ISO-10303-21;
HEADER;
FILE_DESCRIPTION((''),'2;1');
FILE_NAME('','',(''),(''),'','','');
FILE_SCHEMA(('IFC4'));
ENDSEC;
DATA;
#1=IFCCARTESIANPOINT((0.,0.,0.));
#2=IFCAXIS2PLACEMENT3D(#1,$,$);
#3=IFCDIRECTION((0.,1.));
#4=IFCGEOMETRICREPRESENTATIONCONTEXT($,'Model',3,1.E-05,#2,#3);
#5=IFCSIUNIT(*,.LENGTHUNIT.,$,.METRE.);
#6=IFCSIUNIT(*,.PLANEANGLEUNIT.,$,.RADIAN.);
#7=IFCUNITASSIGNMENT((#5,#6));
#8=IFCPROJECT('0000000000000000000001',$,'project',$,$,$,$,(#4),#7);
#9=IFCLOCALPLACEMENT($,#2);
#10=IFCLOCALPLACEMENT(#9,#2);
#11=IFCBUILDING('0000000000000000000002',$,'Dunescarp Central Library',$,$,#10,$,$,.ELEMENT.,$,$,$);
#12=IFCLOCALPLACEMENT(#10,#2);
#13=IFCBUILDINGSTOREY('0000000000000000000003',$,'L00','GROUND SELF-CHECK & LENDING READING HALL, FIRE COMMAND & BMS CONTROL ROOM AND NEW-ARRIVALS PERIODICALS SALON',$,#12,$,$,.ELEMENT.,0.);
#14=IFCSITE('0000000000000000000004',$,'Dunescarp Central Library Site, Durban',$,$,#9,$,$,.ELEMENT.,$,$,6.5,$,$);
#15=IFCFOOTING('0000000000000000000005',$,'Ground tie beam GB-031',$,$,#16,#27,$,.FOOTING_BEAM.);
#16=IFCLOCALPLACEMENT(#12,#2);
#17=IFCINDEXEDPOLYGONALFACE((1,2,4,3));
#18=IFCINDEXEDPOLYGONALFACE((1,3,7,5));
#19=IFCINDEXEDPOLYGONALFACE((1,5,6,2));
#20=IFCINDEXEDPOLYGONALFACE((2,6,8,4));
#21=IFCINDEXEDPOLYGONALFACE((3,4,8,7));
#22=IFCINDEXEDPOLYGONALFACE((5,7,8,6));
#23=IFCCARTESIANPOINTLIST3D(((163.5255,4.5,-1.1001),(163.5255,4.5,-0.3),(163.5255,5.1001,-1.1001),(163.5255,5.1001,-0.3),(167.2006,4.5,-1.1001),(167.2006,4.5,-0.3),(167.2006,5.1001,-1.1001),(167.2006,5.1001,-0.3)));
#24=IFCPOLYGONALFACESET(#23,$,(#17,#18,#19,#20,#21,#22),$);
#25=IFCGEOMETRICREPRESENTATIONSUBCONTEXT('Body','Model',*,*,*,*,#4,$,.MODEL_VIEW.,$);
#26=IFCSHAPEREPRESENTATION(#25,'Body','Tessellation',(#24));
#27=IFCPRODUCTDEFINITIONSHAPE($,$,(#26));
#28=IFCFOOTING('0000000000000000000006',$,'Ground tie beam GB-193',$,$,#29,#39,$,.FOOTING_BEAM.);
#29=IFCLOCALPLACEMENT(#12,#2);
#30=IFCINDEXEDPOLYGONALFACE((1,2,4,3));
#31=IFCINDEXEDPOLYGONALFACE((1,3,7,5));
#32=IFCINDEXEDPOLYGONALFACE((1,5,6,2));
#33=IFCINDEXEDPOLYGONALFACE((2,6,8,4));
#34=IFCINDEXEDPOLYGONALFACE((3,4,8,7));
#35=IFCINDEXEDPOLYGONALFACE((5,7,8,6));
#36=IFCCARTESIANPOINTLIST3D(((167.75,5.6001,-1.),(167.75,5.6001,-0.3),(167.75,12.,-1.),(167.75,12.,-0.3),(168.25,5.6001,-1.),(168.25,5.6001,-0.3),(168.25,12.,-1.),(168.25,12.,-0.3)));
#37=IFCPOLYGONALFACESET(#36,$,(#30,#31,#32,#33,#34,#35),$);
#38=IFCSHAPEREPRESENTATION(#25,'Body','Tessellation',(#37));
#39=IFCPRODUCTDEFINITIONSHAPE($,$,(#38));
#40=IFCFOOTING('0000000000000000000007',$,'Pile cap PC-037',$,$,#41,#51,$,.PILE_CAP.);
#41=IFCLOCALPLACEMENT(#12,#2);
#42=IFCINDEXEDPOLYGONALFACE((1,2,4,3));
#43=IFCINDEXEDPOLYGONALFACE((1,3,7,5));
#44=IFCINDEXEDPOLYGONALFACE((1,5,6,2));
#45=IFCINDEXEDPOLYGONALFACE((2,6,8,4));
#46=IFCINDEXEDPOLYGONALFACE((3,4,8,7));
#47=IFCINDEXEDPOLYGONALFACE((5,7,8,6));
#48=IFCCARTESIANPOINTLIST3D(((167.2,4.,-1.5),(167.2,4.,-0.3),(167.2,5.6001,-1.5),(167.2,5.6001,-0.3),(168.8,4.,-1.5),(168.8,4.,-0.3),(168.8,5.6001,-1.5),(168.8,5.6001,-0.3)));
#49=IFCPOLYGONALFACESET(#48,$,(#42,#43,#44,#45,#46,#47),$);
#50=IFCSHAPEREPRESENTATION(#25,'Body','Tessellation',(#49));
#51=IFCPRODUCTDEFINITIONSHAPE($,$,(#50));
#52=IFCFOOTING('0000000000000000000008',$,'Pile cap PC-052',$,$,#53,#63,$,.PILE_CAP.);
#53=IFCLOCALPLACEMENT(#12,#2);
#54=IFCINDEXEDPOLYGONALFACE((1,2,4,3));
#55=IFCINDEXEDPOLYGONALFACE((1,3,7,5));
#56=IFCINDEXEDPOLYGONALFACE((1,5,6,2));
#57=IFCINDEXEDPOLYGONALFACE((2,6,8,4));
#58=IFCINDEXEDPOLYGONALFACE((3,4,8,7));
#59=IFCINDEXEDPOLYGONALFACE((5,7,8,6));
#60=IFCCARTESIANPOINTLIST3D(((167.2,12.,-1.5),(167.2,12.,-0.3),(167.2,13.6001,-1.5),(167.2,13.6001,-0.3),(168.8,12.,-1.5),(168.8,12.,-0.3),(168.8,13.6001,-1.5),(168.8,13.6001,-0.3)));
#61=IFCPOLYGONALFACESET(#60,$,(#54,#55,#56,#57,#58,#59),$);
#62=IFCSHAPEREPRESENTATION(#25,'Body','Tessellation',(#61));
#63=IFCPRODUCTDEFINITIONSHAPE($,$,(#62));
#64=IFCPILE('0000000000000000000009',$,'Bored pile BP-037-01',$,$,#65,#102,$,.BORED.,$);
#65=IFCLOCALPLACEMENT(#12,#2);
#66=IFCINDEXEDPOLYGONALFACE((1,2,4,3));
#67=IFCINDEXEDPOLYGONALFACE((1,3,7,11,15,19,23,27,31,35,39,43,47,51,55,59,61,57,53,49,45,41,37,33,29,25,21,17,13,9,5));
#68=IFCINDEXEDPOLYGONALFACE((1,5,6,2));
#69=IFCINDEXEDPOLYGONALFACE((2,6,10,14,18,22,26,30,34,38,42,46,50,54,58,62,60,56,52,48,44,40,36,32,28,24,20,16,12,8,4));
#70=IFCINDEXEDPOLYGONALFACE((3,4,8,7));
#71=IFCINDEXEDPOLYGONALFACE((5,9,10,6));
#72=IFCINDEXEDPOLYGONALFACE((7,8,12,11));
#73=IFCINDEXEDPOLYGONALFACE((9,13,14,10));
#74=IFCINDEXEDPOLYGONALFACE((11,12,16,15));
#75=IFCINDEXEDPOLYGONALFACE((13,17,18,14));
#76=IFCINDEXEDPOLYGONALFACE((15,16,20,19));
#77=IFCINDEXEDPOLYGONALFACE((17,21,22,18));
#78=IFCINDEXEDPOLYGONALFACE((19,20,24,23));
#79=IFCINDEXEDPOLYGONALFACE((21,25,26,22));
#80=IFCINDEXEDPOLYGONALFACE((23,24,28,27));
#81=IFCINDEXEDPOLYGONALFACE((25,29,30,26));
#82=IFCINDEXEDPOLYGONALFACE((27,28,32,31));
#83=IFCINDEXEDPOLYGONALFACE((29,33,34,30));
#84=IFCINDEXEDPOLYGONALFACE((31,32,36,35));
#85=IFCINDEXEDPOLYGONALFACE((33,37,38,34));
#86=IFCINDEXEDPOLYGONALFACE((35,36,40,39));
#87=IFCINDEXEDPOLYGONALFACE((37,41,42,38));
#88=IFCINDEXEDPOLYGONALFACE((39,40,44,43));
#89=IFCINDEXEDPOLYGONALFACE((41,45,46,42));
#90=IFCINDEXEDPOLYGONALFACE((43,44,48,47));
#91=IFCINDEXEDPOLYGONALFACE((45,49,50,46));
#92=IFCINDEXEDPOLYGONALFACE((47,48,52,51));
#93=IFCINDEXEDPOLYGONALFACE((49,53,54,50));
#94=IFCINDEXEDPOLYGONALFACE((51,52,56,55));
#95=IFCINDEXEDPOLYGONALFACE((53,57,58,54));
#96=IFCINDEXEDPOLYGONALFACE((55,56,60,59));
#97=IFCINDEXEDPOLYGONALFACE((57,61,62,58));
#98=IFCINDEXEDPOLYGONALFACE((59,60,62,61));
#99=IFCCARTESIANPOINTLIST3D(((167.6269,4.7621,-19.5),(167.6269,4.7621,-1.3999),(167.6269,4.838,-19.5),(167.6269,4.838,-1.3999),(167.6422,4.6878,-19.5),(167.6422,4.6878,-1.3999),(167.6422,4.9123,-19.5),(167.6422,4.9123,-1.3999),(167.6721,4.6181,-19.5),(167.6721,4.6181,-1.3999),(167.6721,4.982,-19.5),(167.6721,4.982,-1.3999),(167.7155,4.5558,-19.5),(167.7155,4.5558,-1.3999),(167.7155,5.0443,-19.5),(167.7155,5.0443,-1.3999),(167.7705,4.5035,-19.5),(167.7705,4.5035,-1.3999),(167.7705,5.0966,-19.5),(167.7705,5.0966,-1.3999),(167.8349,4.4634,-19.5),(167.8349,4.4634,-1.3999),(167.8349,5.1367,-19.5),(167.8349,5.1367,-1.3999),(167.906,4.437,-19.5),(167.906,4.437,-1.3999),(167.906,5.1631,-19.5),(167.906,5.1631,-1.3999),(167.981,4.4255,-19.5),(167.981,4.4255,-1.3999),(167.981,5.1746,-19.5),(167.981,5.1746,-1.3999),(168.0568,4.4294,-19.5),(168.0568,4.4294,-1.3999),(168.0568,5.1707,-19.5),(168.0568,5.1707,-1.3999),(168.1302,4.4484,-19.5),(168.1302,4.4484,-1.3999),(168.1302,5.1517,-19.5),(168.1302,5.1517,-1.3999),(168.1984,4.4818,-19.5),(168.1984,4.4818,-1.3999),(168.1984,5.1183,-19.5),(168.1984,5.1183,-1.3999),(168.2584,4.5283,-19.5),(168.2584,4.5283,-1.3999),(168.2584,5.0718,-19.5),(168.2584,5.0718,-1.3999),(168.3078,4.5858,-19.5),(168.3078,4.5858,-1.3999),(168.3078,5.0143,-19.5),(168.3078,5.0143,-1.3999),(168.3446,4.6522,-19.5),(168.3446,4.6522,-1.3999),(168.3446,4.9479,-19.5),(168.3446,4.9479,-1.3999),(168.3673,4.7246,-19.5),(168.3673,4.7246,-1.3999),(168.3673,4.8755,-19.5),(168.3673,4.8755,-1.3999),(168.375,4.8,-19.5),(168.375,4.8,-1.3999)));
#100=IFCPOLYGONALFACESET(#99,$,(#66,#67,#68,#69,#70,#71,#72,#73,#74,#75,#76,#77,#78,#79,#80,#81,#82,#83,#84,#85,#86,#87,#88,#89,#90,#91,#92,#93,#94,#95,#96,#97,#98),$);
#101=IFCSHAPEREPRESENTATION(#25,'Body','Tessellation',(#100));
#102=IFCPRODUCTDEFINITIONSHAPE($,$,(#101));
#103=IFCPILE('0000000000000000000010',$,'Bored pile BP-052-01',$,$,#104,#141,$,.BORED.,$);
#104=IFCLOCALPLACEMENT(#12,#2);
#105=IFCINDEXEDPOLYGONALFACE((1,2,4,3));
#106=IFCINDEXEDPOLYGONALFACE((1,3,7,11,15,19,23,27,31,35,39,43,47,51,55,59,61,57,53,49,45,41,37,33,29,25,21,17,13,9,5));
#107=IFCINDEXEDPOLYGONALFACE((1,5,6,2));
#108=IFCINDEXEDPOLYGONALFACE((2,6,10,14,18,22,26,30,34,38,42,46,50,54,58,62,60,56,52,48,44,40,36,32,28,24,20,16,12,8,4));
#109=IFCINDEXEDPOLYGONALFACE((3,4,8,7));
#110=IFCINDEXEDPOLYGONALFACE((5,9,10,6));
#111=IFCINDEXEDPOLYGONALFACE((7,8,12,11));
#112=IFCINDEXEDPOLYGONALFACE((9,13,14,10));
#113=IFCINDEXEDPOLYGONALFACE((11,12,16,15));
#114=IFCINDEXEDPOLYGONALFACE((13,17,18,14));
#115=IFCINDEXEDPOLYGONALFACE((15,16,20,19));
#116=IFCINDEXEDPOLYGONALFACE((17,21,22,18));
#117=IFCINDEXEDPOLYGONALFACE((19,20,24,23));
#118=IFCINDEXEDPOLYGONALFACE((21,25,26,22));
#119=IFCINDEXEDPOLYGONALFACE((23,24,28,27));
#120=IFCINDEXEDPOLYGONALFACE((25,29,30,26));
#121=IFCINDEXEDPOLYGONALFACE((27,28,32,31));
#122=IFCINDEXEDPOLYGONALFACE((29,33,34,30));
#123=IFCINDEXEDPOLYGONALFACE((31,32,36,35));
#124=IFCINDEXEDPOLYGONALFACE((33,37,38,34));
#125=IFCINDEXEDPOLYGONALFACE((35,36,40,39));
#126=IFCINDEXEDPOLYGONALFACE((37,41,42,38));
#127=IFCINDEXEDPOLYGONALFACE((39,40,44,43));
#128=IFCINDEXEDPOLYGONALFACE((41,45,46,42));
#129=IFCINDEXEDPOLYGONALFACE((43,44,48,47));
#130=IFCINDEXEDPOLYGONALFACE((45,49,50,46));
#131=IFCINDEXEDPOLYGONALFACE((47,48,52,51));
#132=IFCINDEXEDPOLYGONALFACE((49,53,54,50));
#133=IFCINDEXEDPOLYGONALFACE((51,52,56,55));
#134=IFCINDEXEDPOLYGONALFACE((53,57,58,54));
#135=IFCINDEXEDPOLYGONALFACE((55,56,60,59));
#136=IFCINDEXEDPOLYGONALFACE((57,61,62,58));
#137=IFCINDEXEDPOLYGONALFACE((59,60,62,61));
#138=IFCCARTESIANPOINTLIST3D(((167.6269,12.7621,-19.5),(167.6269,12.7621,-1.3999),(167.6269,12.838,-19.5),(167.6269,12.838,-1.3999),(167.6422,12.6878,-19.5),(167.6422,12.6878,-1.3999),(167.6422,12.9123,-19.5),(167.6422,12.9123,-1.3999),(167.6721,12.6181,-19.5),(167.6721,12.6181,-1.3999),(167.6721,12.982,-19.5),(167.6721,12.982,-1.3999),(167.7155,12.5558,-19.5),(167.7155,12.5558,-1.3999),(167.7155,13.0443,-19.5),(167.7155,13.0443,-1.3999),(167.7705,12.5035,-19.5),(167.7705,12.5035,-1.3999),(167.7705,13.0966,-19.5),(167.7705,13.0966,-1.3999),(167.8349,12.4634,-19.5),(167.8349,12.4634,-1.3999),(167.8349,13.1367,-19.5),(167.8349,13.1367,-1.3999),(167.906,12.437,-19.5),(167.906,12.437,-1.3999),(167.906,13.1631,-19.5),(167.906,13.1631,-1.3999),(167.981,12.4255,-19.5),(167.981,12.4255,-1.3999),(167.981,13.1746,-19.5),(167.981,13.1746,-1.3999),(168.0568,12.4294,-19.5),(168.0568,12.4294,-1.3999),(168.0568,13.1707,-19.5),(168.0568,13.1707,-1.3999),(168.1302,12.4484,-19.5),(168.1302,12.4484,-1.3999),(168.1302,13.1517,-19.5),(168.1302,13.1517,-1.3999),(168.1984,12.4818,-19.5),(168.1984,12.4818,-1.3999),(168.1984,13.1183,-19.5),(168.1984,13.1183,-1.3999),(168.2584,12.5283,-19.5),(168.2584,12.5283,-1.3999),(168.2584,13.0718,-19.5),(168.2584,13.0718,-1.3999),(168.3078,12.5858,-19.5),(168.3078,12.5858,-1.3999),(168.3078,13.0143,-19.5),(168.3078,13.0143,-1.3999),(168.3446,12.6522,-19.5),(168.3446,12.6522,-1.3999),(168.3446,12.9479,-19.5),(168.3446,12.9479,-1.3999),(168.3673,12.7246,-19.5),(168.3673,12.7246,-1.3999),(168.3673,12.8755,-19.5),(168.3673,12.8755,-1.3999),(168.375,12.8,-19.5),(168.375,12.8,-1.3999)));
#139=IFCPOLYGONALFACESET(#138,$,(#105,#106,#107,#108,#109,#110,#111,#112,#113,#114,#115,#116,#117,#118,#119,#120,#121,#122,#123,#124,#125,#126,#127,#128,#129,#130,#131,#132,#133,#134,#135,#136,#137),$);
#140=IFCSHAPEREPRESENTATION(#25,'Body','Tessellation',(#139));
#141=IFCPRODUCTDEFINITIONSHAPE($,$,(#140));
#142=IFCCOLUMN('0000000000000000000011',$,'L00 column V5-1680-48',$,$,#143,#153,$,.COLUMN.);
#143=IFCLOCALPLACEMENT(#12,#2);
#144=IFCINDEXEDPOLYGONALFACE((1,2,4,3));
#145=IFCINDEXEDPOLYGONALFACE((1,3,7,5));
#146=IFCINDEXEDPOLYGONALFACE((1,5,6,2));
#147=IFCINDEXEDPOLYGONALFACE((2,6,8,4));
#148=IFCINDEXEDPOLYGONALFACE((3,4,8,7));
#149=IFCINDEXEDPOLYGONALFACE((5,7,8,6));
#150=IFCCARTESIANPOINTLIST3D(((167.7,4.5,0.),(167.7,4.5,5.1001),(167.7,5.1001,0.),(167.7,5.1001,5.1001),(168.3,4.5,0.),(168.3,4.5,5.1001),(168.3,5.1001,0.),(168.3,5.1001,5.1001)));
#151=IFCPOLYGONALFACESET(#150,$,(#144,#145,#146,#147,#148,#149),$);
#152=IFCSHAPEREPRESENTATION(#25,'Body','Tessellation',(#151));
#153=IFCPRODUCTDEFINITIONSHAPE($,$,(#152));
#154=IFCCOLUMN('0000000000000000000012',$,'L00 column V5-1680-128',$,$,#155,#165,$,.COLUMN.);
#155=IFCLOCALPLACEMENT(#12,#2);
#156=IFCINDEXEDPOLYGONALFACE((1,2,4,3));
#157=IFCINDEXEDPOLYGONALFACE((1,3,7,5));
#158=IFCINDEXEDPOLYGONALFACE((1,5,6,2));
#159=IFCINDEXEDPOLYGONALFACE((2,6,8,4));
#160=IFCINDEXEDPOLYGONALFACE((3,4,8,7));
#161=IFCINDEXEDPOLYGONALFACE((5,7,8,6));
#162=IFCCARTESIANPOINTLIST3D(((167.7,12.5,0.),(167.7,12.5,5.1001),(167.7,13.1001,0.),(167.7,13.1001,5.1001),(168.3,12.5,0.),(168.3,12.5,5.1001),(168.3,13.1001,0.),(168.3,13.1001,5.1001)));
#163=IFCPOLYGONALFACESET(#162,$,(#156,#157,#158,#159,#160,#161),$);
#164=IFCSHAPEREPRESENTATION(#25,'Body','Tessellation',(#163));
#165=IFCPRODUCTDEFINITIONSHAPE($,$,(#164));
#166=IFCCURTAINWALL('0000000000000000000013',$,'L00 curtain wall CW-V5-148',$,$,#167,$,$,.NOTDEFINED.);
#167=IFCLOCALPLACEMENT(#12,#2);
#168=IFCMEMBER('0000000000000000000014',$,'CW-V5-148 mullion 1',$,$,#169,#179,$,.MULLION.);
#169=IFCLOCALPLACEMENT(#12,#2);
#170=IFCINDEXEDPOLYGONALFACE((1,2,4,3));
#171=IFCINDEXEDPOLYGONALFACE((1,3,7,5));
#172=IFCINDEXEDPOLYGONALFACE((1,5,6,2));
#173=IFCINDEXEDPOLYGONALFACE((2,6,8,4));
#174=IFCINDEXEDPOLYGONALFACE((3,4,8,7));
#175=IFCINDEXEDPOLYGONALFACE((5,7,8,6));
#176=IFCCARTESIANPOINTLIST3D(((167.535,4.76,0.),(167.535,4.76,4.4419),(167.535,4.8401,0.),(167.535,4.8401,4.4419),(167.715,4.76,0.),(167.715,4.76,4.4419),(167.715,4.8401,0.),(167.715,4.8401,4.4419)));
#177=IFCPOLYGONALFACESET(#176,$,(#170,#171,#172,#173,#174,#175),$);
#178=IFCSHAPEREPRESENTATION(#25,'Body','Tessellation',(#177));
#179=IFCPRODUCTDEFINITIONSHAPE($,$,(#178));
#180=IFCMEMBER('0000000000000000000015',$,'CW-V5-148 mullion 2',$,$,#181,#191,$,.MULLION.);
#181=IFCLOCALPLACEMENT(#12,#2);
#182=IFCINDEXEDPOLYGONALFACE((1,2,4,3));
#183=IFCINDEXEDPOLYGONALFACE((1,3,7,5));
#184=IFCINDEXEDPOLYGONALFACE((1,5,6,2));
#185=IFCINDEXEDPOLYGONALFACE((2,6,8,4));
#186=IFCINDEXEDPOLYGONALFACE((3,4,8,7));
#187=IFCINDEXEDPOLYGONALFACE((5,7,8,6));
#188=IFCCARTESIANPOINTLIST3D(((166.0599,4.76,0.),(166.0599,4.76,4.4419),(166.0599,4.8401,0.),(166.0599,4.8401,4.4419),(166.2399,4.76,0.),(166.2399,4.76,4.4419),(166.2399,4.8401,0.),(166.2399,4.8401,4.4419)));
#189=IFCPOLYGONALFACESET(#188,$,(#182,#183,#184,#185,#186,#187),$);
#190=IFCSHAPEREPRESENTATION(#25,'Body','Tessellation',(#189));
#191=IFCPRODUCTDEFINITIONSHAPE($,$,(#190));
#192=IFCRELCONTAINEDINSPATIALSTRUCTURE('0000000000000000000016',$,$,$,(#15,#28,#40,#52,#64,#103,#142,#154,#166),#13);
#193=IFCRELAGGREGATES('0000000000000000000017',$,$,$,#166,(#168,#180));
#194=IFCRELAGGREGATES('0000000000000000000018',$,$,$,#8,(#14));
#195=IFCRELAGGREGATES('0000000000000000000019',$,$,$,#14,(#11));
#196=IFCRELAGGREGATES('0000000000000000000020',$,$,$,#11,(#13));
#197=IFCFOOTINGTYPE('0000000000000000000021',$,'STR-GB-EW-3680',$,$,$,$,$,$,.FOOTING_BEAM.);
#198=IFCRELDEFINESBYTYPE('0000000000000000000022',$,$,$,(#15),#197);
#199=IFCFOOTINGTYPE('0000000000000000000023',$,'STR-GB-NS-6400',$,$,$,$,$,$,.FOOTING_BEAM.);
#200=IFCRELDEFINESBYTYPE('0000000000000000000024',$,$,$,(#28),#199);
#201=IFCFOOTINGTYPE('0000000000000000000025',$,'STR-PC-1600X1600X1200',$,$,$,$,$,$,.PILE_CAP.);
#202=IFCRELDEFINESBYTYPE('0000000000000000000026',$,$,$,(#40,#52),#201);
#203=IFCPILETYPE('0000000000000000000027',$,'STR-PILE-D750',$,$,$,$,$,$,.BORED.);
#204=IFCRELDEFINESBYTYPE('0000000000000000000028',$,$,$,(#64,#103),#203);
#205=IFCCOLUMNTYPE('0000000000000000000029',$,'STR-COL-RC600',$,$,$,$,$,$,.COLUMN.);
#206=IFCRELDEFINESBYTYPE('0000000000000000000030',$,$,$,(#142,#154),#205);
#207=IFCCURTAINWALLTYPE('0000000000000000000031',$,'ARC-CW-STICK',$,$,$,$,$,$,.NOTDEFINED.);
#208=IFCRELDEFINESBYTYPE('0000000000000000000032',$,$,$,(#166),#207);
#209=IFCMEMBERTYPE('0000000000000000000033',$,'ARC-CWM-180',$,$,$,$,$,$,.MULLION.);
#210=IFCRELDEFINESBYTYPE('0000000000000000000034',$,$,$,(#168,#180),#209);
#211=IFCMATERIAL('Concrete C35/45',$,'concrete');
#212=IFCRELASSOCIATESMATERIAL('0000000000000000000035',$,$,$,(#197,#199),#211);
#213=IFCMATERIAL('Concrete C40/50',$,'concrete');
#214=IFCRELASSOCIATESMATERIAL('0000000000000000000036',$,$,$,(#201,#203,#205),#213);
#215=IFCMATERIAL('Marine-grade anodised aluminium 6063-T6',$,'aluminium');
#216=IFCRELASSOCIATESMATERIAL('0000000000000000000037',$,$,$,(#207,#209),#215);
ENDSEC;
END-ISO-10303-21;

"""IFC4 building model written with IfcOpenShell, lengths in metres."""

from ifc_helpers import new_model, si_unit, direction, frame, origin, origin_2d, place, context, subcontext, project, spatial, rectangle, circle, extrude, material, material_profile, profile_set, type_object, element, aggregate, save


model = new_model("IFC4")

# Units and contexts
model_context = context("Model", 3, precision=1e-05, world=origin(), true_north=direction((0.0, 1.0)))
body_context = subcontext(model_context, "Body", "Model", "MODEL_VIEW")
ifc_project = project(units=[si_unit("LENGTHUNIT", "METRE"), si_unit("PLANEANGLEUNIT", "RADIAN")], contexts=[model_context])

# Site, building, storey
site_placement = place(None, origin())
site = spatial("IfcSite", under=ifc_project, at=site_placement, Name="Dunescarp Central Library Site, Durban", CompositionType="ELEMENT", RefElevation=6.5)
building_placement = place(site_placement, origin())
building = spatial("IfcBuilding", under=site, at=building_placement, Name="Dunescarp Central Library", CompositionType="ELEMENT")
storey_placement = place(building_placement, origin())
storey = spatial("IfcBuildingStorey", under=building, at=storey_placement, Name="L00", Description="GROUND SELF-CHECK & LENDING READING HALL, FIRE COMMAND & BMS CONTROL ROOM AND NEW-ARRIVALS PERIODICALS SALON", CompositionType="ELEMENT", Elevation=0.0)

# Footings
ifc_material_1 = material(Name="Concrete C35/45", Category="concrete")
footing_type_1 = type_object("IfcFootingType", Name="STR-GB-EW-3680", PredefinedType="FOOTING_BEAM", material=ifc_material_1)
footing_1_placement = place(storey_placement, frame((165.363, 4.8, -1.1001), z_axis=(0.0, 0.0, 1.0), x_axis=(1.0, 0.0, 0.0)))
element("IfcFooting", 1, at=footing_1_placement, inside=storey, type_object=footing_type_1, Name="Ground tie beam GB-031", PredefinedType="FOOTING_BEAM", context=body_context, shape_type="SweptSolid", body=[
    extrude(rectangle(XDim=3.675, YDim=0.6001, at=origin_2d()), origin(), (0.0, 0.0, 1.0), 0.8),
])
footing_type_2 = type_object("IfcFootingType", Name="STR-GB-NS-6400", PredefinedType="FOOTING_BEAM", material=ifc_material_1)
footing_2_placement = place(storey_placement, frame((168.0, 8.8, -1.0), z_axis=(0.0, 0.0, 1.0), x_axis=(0.0, 1.0, 0.0)))
element("IfcFooting", 2, at=footing_2_placement, inside=storey, type_object=footing_type_2, Name="Ground tie beam GB-193", PredefinedType="FOOTING_BEAM", context=body_context, shape_type="SweptSolid", body=[
    extrude(rectangle(XDim=6.3999, YDim=0.5, at=origin_2d()), origin(), (0.0, 0.0, 1.0), 0.7),
])
ifc_material_2 = material(Name="Concrete C40/50", Category="concrete")
footing_type_3 = type_object("IfcFootingType", Name="STR-PC-1600X1600X1200", PredefinedType="PILE_CAP", material=ifc_material_2)
for number, where, z_axis, x_axis, name in (
    (3, (168.0, 4.8, -1.5), (0.0, 0.0, 1.0), (1.0, 0.0, 0.0), "Pile cap PC-037"),
    (4, (168.0, 12.8, -1.5), (0.0, 0.0, 1.0), (1.0, 0.0, 0.0), "Pile cap PC-052"),
):
    element("IfcFooting", number, at=place(storey_placement, frame(where, z_axis=z_axis, x_axis=x_axis)), inside=storey, type_object=footing_type_3, Name=name, PredefinedType="PILE_CAP", context=body_context, shape_type="SweptSolid", body=[
        extrude(rectangle(XDim=1.6001, YDim=1.6001, at=origin_2d()), origin(), (0.0, 0.0, 1.0), 1.2),
    ])

# Piles
ifc_material_profile_1 = material_profile(ifc_material_2, circle(Radius=0.375, at=origin_2d()), Name="PILE D750")
ifc_profile_set_1 = profile_set([ifc_material_profile_1], Name="Concrete C40/50")
pile_type = type_object("IfcPileType", Name="STR-PILE-D750", PredefinedType="BORED", material=ifc_profile_set_1)
for number, where, z_axis, x_axis, name in (
    (5, (168.0, 4.8, -1.3999), (0.0, 0.0, -1.0), (1.0, 0.0, 0.0), "Bored pile BP-037-01"),
    (6, (168.0, 12.8, -1.3999), (0.0, 0.0, -1.0), (1.0, 0.0, 0.0), "Bored pile BP-052-01"),
):
    element("IfcPile", number, at=place(storey_placement, frame(where, z_axis=z_axis, x_axis=x_axis)), inside=storey, type_object=pile_type, Name=name, PredefinedType="BORED", context=body_context, shape_type="SweptSolid", body=[
        extrude(circle(Radius=0.375, at=origin_2d()), origin(), (0.0, 0.0, 1.0), 18.1001),
    ])

# Columns
ifc_material_profile_2 = material_profile(ifc_material_2, rectangle(XDim=0.6001, YDim=0.6001, at=origin_2d()), Name="RC 600x600")
ifc_profile_set_2 = profile_set([ifc_material_profile_2], Name="Concrete C40/50")
column_type = type_object("IfcColumnType", Name="STR-COL-RC600", PredefinedType="COLUMN", material=ifc_profile_set_2)
for number, where, z_axis, x_axis, name in (
    (7, (168.0, 4.8, 0.0), (0.0, 0.0, 1.0), (1.0, 0.0, 0.0), "L00 column V5-1680-48"),
    (8, (168.0, 12.8, 0.0), (0.0, 0.0, 1.0), (1.0, 0.0, 0.0), "L00 column V5-1680-128"),
):
    element("IfcColumn", number, at=place(storey_placement, frame(where, z_axis=z_axis, x_axis=x_axis)), inside=storey, type_object=column_type, Name=name, PredefinedType="COLUMN", context=body_context, shape_type="SweptSolid", body=[
        extrude(rectangle(XDim=0.6001, YDim=0.6001, at=origin_2d()), origin(), (0.0, 0.0, 1.0), 5.1001),
    ])

# Curtain wall, members
ifc_material_3 = material(Name="Marine-grade anodised aluminium 6063-T6", Category="aluminium")
curtain_wall_type = type_object("IfcCurtainWallType", Name="ARC-CW-STICK", PredefinedType="NOTDEFINED", material=ifc_material_3)
curtain_wall_placement = place(storey_placement, origin())
curtain_wall = element("IfcCurtainWall", 9, at=curtain_wall_placement, inside=storey, type_object=curtain_wall_type, Name="L00 curtain wall CW-V5-148", PredefinedType="NOTDEFINED")
ifc_material_profile_3 = material_profile(ifc_material_3, rectangle(XDim=0.0801, YDim=0.1799, at=origin_2d()), Name="AL 80x180")
ifc_profile_set_3 = profile_set([ifc_material_profile_3], Name="Marine-grade anodised aluminium 6063-T6")
member_type_1 = type_object("IfcMemberType", Name="ARC-CWM-180", PredefinedType="MULLION", material=ifc_profile_set_3)
member_1_placement = place(storey_placement, frame((167.625, 4.8, 0.0), z_axis=(0.0, 0.0, 1.0), x_axis=(0.0, -1.0, 0.0)))
member_1 = element("IfcMember", 10, at=member_1_placement, type_object=member_type_1, Name="CW-V5-148 mullion 1", PredefinedType="MULLION", context=body_context, shape_type="SweptSolid", body=[
    extrude(rectangle(XDim=0.0801, YDim=0.1799, at=origin_2d()), origin(), (0.0, 0.0, 1.0), 4.4419),
])
member_2_placement = place(storey_placement, frame((166.1499, 4.8, 0.0), z_axis=(0.0, 0.0, 1.0), x_axis=(0.0, -1.0, 0.0)))
member_2 = element("IfcMember", 11, at=member_2_placement, type_object=member_type_1, Name="CW-V5-148 mullion 2", PredefinedType="MULLION", context=body_context, shape_type="SweptSolid", body=[
    extrude(rectangle(XDim=0.0801, YDim=0.1799, at=origin_2d()), origin(), (0.0, 0.0, 1.0), 4.4419),
])

aggregate(curtain_wall, [member_1, member_2])

save(model, "model.ifc")
